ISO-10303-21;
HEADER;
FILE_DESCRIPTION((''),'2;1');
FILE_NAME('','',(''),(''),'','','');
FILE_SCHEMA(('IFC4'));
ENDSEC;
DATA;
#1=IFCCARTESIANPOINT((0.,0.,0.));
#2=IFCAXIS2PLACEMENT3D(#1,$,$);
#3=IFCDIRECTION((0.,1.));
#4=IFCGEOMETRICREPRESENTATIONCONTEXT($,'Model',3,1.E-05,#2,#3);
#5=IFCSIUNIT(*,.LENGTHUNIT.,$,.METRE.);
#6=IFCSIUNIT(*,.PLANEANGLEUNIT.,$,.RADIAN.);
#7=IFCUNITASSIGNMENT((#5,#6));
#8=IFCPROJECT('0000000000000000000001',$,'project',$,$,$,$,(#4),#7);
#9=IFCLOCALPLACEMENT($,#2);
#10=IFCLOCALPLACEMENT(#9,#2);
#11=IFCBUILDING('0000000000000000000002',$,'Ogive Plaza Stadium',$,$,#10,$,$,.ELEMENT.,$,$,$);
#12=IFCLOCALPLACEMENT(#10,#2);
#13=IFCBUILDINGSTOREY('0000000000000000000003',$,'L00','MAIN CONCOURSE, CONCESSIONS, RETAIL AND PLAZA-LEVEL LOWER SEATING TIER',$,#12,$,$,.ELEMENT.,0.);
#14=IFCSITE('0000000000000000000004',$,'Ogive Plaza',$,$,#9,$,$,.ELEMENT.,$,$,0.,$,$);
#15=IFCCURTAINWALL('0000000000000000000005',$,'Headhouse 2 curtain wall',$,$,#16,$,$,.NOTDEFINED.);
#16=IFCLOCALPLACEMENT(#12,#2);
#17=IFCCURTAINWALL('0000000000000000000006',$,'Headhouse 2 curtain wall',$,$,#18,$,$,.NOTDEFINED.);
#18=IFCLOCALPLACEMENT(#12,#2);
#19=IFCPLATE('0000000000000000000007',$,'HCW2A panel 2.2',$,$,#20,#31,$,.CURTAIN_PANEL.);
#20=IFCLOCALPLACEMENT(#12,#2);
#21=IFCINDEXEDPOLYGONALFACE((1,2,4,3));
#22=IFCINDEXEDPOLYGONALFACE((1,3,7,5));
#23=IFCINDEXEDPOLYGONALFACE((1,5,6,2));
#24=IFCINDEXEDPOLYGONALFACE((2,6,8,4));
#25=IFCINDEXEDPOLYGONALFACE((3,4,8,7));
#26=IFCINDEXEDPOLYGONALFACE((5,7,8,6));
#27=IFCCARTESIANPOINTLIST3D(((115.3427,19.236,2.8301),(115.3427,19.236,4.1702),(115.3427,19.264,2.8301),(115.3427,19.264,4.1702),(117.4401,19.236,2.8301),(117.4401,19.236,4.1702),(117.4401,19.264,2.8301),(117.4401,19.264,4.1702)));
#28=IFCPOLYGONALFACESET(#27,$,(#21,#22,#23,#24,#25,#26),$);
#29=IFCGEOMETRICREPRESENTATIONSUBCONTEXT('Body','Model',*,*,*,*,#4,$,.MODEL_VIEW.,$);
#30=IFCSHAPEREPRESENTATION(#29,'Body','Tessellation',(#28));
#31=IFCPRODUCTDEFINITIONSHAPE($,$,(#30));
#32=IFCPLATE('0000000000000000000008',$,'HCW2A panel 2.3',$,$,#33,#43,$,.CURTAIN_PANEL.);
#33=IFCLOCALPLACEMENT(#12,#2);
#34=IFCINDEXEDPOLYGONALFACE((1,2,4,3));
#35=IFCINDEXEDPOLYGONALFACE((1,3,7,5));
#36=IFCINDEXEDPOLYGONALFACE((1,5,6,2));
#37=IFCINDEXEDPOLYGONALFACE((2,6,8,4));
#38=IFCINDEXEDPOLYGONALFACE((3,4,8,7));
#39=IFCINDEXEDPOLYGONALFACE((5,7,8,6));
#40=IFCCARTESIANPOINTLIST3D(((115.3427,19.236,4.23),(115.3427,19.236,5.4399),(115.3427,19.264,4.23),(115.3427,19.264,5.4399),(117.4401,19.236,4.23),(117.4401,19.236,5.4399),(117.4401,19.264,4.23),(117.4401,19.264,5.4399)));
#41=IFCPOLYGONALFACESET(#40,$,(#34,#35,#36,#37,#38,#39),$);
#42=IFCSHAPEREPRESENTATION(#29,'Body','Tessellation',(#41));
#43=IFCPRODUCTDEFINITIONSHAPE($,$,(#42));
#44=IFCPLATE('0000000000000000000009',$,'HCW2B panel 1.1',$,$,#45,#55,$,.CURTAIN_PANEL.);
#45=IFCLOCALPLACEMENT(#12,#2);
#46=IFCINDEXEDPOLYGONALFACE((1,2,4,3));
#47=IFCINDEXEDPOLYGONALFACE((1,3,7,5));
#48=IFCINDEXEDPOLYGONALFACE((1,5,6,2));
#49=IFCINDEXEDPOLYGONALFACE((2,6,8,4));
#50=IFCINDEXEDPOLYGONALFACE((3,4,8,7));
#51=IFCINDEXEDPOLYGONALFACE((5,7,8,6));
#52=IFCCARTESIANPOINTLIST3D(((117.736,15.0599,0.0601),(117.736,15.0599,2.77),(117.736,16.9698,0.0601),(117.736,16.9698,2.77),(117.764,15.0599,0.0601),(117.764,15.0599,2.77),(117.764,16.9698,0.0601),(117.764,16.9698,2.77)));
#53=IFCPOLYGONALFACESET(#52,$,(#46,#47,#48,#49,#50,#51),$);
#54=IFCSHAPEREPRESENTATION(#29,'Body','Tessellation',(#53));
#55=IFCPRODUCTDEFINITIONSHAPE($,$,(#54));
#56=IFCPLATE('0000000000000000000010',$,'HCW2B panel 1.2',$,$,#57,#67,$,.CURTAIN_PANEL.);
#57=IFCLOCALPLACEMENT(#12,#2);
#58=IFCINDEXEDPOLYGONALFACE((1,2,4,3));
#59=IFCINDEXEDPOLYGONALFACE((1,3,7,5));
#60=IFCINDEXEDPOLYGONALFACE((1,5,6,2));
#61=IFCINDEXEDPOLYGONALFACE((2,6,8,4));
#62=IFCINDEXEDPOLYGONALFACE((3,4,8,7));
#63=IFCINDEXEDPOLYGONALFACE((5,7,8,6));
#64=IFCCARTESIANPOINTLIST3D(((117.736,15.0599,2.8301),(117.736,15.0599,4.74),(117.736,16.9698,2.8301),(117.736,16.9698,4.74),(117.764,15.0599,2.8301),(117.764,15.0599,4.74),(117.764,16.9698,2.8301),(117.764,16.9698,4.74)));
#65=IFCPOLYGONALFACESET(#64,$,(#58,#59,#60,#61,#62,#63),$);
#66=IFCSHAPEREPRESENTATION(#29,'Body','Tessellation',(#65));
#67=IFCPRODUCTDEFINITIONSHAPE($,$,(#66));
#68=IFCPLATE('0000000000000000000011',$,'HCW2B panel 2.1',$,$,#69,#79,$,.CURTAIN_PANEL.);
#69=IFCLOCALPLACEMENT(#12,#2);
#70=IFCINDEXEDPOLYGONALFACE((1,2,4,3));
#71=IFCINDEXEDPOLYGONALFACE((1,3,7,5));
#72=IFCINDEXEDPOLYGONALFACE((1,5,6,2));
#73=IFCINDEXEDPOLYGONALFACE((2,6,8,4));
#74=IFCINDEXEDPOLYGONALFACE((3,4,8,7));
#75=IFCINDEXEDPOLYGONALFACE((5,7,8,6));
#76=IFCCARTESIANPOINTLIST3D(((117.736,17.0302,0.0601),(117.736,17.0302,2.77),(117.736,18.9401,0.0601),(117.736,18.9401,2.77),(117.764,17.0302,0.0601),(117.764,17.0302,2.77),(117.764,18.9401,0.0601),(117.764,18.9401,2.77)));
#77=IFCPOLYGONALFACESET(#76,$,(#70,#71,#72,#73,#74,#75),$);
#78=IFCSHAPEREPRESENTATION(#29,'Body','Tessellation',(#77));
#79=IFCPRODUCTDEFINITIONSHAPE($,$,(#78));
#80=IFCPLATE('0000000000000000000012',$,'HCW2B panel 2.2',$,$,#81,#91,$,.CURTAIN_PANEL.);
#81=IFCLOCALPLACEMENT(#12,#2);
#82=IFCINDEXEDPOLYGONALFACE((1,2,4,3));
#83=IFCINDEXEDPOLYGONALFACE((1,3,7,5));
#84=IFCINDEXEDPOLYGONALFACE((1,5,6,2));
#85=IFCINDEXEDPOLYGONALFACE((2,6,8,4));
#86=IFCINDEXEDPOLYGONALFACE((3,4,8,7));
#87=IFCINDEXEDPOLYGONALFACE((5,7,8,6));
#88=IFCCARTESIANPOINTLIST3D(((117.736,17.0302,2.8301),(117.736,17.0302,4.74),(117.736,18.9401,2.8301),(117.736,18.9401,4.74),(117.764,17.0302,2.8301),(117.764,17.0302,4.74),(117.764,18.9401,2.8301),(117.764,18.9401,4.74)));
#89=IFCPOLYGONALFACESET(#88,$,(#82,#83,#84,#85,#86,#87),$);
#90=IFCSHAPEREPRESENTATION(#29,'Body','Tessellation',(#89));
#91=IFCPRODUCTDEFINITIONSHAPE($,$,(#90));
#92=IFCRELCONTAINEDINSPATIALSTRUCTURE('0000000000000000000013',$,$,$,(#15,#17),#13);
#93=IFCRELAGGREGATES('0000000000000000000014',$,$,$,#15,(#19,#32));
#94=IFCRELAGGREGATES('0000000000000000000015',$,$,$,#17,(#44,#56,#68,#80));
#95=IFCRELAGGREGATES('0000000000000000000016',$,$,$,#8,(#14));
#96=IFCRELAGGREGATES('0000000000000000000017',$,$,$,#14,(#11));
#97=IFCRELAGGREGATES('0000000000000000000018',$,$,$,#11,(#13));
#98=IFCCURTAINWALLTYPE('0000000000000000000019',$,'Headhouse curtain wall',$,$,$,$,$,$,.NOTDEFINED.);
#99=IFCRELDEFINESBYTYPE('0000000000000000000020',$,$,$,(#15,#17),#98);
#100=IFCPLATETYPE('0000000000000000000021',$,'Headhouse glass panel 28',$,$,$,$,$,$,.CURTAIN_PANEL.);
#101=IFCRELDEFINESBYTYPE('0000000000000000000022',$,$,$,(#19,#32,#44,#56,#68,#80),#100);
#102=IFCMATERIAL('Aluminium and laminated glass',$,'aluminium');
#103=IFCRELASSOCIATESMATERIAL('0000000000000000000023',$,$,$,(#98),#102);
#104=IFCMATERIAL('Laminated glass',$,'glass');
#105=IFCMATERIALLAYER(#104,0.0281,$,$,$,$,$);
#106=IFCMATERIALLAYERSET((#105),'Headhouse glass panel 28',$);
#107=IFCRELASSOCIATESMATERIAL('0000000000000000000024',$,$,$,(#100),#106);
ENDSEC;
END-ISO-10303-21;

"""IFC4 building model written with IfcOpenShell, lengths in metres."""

from ifc_helpers import new_model, si_unit, direction, frame, origin, origin_2d, place, context, subcontext, project, spatial, rectangle, extrude, material, layer, layer_set, type_object, element, aggregate, save


model = new_model("IFC4")

# Units and contexts
model_context = context("Model", 3, precision=1e-05, world=origin(), true_north=direction((0.0, 1.0)))
body_context = subcontext(model_context, "Body", "Model", "MODEL_VIEW")
ifc_project = project(units=[si_unit("LENGTHUNIT", "METRE"), si_unit("PLANEANGLEUNIT", "RADIAN")], contexts=[model_context])

# Site, building, storey
site_placement = place(None, origin())
site = spatial("IfcSite", under=ifc_project, at=site_placement, Name="Ogive Plaza", CompositionType="ELEMENT", RefElevation=0.0)
building_placement = place(site_placement, origin())
building = spatial("IfcBuilding", under=site, at=building_placement, Name="Ogive Plaza Stadium", CompositionType="ELEMENT")
storey_placement = place(building_placement, origin())
storey = spatial("IfcBuildingStorey", under=building, at=storey_placement, Name="L00", Description="MAIN CONCOURSE, CONCESSIONS, RETAIL AND PLAZA-LEVEL LOWER SEATING TIER", CompositionType="ELEMENT", Elevation=0.0)

# Shared definitions
ifc_material_1 = material(Name="Aluminium and laminated glass", Category="aluminium")
curtain_wall_type = type_object("IfcCurtainWallType", Name="Headhouse curtain wall", PredefinedType="NOTDEFINED", material=ifc_material_1)

# Curtain walls
curtain_wall_1_placement = place(storey_placement, origin())
curtain_wall_1 = element("IfcCurtainWall", 1, at=curtain_wall_1_placement, inside=storey, type_object=curtain_wall_type, Name="Headhouse 2 curtain wall", PredefinedType="NOTDEFINED")
curtain_wall_2_placement = place(storey_placement, origin())
curtain_wall_2 = element("IfcCurtainWall", 2, at=curtain_wall_2_placement, inside=storey, type_object=curtain_wall_type, Name="Headhouse 2 curtain wall", PredefinedType="NOTDEFINED")

# Plates
ifc_material_2 = material(Name="Laminated glass", Category="glass")
ifc_layer_1 = layer(ifc_material_2, 0.0281)
ifc_layer_set_1 = layer_set([ifc_layer_1], Name="Headhouse glass panel 28")
plate_type = type_object("IfcPlateType", Name="Headhouse glass panel 28", PredefinedType="CURTAIN_PANEL", material=ifc_layer_set_1)
plate_1_placement = place(storey_placement, frame((116.3914, 19.25, 2.8301), z_axis=(0.0, 0.0, 1.0), x_axis=(1.0, 0.0, 0.0)))
plate_1 = element("IfcPlate", 3, at=plate_1_placement, type_object=plate_type, Name="HCW2A panel 2.2", PredefinedType="CURTAIN_PANEL", context=body_context, shape_type="SweptSolid", body=[
    extrude(rectangle(XDim=2.0974, YDim=0.0281, at=origin_2d()), origin(), (0.0, 0.0, 1.0), 1.3401),
])
plate_2_placement = place(storey_placement, frame((116.3914, 19.25, 4.23), z_axis=(0.0, 0.0, 1.0), x_axis=(1.0, 0.0, 0.0)))
plate_2 = element("IfcPlate", 4, at=plate_2_placement, type_object=plate_type, Name="HCW2A panel 2.3", PredefinedType="CURTAIN_PANEL", context=body_context, shape_type="SweptSolid", body=[
    extrude(rectangle(XDim=2.0974, YDim=0.0281, at=origin_2d()), origin(), (0.0, 0.0, 1.0), 1.21),
])
aggregate(curtain_wall_1, [plate_1, plate_2])
plate_3_placement = place(storey_placement, frame((117.75, 16.0149, 0.0601), z_axis=(0.0, 0.0, 1.0), x_axis=(0.0, 1.0, 0.0)))
plate_3 = element("IfcPlate", 5, at=plate_3_placement, type_object=plate_type, Name="HCW2B panel 1.1", PredefinedType="CURTAIN_PANEL", context=body_context, shape_type="SweptSolid", body=[
    extrude(rectangle(XDim=1.9099, YDim=0.0281, at=origin_2d()), origin(), (0.0, 0.0, 1.0), 2.71),
])
plate_4_placement = place(storey_placement, frame((117.75, 16.0149, 2.8301), z_axis=(0.0, 0.0, 1.0), x_axis=(0.0, 1.0, 0.0)))
plate_4 = element("IfcPlate", 6, at=plate_4_placement, type_object=plate_type, Name="HCW2B panel 1.2", PredefinedType="CURTAIN_PANEL", context=body_context, shape_type="SweptSolid", body=[
    extrude(rectangle(XDim=1.9099, YDim=0.0281, at=origin_2d()), origin(), (0.0, 0.0, 1.0), 1.9099),
])
plate_5_placement = place(storey_placement, frame((117.75, 17.9851, 0.0601), z_axis=(0.0, 0.0, 1.0), x_axis=(0.0, 1.0, 0.0)))
plate_5 = element("IfcPlate", 7, at=plate_5_placement, type_object=plate_type, Name="HCW2B panel 2.1", PredefinedType="CURTAIN_PANEL", context=body_context, shape_type="SweptSolid", body=[
    extrude(rectangle(XDim=1.9099, YDim=0.0281, at=origin_2d()), origin(), (0.0, 0.0, 1.0), 2.71),
])
plate_6_placement = place(storey_placement, frame((117.75, 17.9851, 2.8301), z_axis=(0.0, 0.0, 1.0), x_axis=(0.0, 1.0, 0.0)))
plate_6 = element("IfcPlate", 8, at=plate_6_placement, type_object=plate_type, Name="HCW2B panel 2.2", PredefinedType="CURTAIN_PANEL", context=body_context, shape_type="SweptSolid", body=[
    extrude(rectangle(XDim=1.9099, YDim=0.0281, at=origin_2d()), origin(), (0.0, 0.0, 1.0), 1.9099),
])
aggregate(curtain_wall_2, [plate_3, plate_4, plate_5, plate_6])

save(model, "model.ifc")
